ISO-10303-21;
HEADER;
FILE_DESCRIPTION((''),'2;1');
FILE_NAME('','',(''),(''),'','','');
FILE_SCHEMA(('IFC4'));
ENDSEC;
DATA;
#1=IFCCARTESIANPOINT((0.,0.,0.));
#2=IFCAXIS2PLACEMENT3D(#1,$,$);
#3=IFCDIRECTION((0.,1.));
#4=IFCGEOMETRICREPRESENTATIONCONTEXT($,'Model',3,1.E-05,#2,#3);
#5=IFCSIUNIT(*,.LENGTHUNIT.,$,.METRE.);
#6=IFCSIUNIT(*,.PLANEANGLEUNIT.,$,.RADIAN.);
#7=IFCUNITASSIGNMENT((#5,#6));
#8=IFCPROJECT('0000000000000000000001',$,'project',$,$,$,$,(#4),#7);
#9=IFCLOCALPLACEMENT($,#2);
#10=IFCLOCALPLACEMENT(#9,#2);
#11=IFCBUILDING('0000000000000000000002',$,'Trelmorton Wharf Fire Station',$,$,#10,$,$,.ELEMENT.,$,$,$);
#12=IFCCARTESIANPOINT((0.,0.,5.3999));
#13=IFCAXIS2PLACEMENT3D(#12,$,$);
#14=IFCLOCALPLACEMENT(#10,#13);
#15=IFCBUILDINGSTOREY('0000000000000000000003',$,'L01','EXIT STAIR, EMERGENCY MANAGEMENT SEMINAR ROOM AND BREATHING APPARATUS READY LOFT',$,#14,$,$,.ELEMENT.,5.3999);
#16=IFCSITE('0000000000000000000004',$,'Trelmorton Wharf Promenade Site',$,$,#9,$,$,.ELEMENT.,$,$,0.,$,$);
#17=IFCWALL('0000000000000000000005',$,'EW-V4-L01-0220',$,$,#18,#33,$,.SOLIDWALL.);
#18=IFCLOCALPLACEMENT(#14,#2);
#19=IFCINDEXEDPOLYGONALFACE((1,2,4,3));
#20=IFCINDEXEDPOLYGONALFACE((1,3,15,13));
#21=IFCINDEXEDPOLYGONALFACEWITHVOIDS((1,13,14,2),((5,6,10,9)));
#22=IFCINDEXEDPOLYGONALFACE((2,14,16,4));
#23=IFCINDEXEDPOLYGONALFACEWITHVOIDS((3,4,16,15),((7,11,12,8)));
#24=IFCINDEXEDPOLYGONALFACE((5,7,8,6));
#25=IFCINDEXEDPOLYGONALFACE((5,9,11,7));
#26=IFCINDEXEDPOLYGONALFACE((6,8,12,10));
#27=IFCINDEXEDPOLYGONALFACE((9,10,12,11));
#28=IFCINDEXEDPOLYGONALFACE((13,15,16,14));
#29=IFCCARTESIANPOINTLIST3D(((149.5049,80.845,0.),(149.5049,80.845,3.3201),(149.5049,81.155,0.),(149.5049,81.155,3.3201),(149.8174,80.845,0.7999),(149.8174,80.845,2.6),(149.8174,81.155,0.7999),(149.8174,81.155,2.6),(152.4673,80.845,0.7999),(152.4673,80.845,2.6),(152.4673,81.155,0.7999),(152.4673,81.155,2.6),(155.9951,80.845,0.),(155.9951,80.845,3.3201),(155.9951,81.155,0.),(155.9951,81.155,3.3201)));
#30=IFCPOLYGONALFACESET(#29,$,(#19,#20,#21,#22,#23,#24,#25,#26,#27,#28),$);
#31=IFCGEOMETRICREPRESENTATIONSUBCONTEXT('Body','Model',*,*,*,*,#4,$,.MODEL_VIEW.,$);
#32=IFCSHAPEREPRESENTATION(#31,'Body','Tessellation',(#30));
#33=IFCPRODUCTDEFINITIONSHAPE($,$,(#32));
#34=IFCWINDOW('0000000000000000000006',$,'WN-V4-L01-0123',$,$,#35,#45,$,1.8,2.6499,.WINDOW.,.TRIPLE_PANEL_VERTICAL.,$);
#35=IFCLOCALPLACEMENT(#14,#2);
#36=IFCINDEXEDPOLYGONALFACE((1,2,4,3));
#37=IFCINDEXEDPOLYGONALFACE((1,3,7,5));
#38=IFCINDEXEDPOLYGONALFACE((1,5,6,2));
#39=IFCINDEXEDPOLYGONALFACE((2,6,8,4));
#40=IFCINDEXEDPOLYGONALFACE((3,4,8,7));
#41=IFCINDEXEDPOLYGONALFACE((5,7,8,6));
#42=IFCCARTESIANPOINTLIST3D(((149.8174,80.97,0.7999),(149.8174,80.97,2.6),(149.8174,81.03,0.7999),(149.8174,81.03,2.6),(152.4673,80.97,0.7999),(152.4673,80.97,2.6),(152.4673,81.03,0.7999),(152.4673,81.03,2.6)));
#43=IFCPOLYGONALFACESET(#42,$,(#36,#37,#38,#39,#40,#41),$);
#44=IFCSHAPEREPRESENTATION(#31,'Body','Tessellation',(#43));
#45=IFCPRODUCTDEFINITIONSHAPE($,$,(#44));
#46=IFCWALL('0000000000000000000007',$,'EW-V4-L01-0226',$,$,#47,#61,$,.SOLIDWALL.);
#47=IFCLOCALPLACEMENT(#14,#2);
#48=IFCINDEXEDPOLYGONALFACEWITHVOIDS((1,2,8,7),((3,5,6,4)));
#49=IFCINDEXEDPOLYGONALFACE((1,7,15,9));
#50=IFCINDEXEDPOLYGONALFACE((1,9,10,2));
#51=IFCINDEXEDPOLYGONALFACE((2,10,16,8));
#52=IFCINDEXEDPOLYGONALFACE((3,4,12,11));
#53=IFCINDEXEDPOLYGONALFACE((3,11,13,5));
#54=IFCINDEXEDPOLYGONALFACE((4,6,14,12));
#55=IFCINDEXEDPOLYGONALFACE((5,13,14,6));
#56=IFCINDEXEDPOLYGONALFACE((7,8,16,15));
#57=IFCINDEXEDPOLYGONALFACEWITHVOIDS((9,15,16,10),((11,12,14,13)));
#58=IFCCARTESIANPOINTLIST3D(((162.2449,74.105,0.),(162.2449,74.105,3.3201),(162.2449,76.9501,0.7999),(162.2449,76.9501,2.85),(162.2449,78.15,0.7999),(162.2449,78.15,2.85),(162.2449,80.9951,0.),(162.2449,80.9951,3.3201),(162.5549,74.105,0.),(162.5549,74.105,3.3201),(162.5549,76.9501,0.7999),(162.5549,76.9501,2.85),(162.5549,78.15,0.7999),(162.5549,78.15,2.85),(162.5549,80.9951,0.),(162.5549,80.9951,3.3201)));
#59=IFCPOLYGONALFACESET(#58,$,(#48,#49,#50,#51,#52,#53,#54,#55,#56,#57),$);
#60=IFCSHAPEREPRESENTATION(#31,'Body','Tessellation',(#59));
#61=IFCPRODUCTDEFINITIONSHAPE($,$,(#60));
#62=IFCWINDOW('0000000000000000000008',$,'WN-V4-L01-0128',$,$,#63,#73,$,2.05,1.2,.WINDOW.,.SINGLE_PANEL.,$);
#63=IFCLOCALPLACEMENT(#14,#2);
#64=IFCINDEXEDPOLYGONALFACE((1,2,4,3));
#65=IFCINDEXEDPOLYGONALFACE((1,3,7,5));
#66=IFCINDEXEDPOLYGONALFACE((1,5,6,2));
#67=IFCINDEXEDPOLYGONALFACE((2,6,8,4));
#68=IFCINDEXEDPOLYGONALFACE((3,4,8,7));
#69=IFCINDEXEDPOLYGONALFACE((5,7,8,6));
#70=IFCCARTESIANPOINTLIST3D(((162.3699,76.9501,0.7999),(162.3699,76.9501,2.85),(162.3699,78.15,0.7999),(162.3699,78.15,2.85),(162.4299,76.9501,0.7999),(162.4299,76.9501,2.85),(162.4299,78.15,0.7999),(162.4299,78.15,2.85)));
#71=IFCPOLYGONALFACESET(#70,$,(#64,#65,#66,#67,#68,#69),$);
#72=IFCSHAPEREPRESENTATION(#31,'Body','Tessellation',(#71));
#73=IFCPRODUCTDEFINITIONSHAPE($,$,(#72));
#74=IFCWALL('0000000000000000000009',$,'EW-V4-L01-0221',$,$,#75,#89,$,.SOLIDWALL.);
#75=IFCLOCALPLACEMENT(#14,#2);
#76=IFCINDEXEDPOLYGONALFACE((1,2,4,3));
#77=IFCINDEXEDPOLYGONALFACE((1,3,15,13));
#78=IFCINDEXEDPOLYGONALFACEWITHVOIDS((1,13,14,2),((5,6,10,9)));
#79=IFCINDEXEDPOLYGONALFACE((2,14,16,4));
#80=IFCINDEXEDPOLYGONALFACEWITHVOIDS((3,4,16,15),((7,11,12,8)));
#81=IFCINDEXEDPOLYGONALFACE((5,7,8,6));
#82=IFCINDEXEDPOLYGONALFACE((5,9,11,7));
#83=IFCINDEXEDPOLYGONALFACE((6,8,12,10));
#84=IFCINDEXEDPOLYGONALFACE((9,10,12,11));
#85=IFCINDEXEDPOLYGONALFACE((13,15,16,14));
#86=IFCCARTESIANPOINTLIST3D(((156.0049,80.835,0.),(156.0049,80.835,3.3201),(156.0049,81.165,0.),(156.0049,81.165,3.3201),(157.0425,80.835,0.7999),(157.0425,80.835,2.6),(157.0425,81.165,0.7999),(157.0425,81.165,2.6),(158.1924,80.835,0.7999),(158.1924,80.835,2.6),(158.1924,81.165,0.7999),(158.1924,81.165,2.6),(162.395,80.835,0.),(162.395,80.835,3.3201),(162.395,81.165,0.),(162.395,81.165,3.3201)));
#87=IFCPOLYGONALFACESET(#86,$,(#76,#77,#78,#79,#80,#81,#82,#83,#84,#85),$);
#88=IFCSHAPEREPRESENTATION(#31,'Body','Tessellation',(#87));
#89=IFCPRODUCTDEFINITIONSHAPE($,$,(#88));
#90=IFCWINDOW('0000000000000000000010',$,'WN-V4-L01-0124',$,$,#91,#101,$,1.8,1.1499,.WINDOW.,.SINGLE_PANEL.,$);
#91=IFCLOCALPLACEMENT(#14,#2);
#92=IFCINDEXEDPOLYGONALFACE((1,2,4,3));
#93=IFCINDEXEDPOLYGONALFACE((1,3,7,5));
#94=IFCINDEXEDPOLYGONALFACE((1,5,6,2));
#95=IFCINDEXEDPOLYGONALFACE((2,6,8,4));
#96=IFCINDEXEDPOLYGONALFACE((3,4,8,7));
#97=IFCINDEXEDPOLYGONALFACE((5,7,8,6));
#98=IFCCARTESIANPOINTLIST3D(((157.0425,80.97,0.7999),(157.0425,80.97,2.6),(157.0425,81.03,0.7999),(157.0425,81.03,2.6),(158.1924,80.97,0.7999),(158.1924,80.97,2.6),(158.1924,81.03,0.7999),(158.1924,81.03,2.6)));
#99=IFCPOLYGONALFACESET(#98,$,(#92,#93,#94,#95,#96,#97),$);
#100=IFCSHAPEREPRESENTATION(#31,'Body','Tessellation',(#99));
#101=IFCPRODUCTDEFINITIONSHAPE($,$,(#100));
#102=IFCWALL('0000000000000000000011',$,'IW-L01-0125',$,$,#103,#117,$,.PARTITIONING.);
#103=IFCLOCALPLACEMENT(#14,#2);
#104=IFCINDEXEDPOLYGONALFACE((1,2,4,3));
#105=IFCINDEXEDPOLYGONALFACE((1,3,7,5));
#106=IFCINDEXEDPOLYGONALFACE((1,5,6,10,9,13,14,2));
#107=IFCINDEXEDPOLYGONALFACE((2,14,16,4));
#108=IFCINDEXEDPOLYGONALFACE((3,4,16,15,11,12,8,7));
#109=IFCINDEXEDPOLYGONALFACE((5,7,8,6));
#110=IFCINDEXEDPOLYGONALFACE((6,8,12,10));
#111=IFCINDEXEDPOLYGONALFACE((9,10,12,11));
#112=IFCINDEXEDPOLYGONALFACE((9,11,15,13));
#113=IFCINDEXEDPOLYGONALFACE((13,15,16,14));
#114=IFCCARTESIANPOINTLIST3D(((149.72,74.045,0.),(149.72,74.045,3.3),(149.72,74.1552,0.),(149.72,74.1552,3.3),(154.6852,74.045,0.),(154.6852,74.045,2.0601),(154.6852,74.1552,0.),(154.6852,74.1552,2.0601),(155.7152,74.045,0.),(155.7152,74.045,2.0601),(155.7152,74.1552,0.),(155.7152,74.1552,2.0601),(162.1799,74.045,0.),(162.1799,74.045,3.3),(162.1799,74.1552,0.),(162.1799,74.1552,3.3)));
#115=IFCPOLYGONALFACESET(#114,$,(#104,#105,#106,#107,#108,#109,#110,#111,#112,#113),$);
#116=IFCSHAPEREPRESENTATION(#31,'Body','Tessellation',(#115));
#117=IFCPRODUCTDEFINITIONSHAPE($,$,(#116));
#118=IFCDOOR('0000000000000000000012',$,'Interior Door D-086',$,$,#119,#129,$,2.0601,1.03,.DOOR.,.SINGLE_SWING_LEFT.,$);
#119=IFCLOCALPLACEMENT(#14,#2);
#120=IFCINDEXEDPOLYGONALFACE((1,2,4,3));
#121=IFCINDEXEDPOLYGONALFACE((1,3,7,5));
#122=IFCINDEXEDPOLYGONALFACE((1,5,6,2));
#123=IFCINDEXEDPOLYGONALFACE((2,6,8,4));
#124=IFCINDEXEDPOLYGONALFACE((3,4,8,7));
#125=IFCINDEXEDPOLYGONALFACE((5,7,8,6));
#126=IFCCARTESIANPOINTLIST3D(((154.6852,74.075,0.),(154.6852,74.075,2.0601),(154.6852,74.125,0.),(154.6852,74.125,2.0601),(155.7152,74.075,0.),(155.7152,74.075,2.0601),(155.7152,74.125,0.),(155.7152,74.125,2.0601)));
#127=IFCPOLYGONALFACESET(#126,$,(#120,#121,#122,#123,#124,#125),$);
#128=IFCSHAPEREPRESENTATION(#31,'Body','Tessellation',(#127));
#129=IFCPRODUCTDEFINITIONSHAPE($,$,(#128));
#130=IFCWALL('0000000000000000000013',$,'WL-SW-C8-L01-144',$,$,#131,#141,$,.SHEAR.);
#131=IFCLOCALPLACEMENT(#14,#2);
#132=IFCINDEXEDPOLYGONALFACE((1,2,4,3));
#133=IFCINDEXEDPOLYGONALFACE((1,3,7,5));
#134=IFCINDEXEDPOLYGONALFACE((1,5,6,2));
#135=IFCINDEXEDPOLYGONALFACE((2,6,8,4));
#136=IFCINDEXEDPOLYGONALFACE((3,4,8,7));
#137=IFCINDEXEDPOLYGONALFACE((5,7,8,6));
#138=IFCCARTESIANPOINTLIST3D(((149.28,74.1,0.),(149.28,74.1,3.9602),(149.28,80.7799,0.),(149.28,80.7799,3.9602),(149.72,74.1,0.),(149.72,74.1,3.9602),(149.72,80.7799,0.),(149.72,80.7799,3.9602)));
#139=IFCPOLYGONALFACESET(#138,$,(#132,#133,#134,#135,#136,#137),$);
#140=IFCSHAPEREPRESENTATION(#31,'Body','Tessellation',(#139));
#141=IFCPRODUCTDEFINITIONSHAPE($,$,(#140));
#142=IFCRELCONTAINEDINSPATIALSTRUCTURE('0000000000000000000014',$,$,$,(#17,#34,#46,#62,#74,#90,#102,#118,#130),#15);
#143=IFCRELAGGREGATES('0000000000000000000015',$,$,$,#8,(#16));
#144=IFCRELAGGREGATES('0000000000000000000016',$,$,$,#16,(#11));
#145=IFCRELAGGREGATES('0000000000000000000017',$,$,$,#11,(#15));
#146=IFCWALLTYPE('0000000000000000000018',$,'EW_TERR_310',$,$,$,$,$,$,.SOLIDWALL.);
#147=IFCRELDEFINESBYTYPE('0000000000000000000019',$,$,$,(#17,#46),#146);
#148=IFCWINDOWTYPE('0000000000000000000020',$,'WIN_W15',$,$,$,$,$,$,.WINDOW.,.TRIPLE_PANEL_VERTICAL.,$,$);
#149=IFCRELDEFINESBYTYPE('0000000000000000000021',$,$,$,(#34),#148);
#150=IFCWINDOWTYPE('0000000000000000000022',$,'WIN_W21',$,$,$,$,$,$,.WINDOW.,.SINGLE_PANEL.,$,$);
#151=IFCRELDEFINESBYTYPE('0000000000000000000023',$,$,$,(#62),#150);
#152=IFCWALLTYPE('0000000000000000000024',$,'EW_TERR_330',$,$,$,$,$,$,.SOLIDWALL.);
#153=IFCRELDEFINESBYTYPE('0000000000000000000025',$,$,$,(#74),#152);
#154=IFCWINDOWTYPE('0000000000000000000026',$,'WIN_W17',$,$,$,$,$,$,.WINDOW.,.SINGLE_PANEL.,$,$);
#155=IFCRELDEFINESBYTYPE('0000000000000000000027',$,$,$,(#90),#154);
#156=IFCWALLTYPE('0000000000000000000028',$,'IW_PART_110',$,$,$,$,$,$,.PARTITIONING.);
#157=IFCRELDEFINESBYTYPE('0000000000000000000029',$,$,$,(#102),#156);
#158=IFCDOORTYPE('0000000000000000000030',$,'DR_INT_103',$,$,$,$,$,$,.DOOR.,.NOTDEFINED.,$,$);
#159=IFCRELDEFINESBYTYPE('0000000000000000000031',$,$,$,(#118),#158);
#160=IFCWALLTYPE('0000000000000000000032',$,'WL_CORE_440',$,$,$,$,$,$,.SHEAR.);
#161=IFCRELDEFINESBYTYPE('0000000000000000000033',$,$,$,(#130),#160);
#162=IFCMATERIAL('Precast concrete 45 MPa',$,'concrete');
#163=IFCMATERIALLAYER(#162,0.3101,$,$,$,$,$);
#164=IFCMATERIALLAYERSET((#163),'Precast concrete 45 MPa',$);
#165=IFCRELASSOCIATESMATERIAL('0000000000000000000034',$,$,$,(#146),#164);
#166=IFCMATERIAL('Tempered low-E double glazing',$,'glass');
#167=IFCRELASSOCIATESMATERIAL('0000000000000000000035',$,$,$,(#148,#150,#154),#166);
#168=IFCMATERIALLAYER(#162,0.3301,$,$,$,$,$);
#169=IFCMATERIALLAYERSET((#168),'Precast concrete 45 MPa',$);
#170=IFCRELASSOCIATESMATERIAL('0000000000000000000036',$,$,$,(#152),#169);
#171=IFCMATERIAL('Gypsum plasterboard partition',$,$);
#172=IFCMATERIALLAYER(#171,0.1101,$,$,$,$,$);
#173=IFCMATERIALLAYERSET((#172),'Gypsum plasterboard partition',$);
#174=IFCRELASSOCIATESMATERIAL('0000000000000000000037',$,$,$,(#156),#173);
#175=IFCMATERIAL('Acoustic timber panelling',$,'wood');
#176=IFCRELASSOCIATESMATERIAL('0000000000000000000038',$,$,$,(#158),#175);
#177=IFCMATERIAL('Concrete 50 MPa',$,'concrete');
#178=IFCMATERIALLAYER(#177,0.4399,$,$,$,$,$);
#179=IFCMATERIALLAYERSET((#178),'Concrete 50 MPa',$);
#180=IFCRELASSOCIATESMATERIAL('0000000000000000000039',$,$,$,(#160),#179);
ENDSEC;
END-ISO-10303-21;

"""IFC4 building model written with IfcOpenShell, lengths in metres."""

from ifc_helpers import new_model, si_unit, direction, frame, frame_2d, origin, place, context, subcontext, project, spatial, rectangle, extrude, material, layer, layer_set, type_object, element, fill, save


model = new_model("IFC4")

# Units and contexts
model_context = context("Model", 3, precision=1e-05, world=origin(), true_north=direction((0.0, 1.0)))
body_context = subcontext(model_context, "Body", "Model", "MODEL_VIEW")
ifc_project = project(units=[si_unit("LENGTHUNIT", "METRE"), si_unit("PLANEANGLEUNIT", "RADIAN")], contexts=[model_context])

# Site, building, storey
site_placement = place(None, origin())
site = spatial("IfcSite", under=ifc_project, at=site_placement, Name="Trelmorton Wharf Promenade Site", CompositionType="ELEMENT", RefElevation=0.0)
building_placement = place(site_placement, origin())
building = spatial("IfcBuilding", under=site, at=building_placement, Name="Trelmorton Wharf Fire Station", CompositionType="ELEMENT")
storey_placement = place(building_placement, frame((0.0, 0.0, 5.3999)))
storey = spatial("IfcBuildingStorey", under=building, at=storey_placement, Name="L01", Description="EXIT STAIR, EMERGENCY MANAGEMENT SEMINAR ROOM AND BREATHING APPARATUS READY LOFT", CompositionType="ELEMENT", Elevation=5.3999)

# Walls, openings, windows
ifc_material_1 = material(Name="Precast concrete 45 MPa", Category="concrete")
ifc_material_2 = material(Name="Tempered low-E double glazing", Category="glass")
ifc_layer_1 = layer(ifc_material_1, 0.3101)
ifc_layer_set_1 = layer_set([ifc_layer_1], Name="Precast concrete 45 MPa")
wall_type_1 = type_object("IfcWallType", Name="EW_TERR_310", PredefinedType="SOLIDWALL", material=ifc_layer_set_1)
wall_1_placement = place(storey_placement, frame((149.5049, 81.0, 0.0), z_axis=(0.0, 0.0, 1.0), x_axis=(1.0, 0.0, 0.0)))
wall_1 = element("IfcWall", 1, at=wall_1_placement, inside=storey, type_object=wall_type_1, Name="EW-V4-L01-0220", PredefinedType="SOLIDWALL", context=body_context, shape_type="SweptSolid", body=[
    extrude(rectangle(XDim=6.4902, YDim=0.3101, at=frame_2d((3.2451, 0.0))), origin(), (0.0, 0.0, 1.0), 3.3201),
])
opening_1_placement = place(wall_1_placement, frame((0.3125, 0.0, 0.8)))
opening_1 = element("IfcOpeningElement", 2, at=opening_1_placement, cuts=wall_1, PredefinedType="OPENING", context=body_context, shape_type="SweptSolid", body=[
    extrude(rectangle(XDim=2.6499, YDim=1.8, at=frame_2d((1.325, 0.8999))), frame((0.0, 0.165, 0.0), z_axis=(0.0, -1.0, 0.0), x_axis=(1.0, 0.0, 0.0)), (0.0, 0.0, 1.0), 0.3301),
])
window_type_1 = type_object("IfcWindowType", Name="WIN_W15", PartitioningType="TRIPLE_PANEL_VERTICAL", PredefinedType="WINDOW", material=ifc_material_2)
window_1_placement = place(opening_1_placement, origin())
window_1 = element("IfcWindow", 3, at=window_1_placement, inside=storey, type_object=window_type_1, Name="WN-V4-L01-0123", OverallHeight=1.8, OverallWidth=2.6499, PartitioningType="TRIPLE_PANEL_VERTICAL", PredefinedType="WINDOW", context=body_context, shape_type="SweptSolid", body=[
    extrude(rectangle(XDim=2.6499, YDim=1.8, at=frame_2d((1.325, 0.8999))), frame((0.0, 0.03, 0.0), z_axis=(0.0, -1.0, 0.0), x_axis=(1.0, 0.0, 0.0)), (0.0, 0.0, 1.0), 0.0601),
])
fill(opening_1, window_1)
wall_2_placement = place(storey_placement, frame((162.3999, 80.9951, 0.0), z_axis=(0.0, 0.0, 1.0), x_axis=(0.0, -1.0, 0.0)))
wall_2 = element("IfcWall", 4, at=wall_2_placement, inside=storey, type_object=wall_type_1, Name="EW-V4-L01-0226", PredefinedType="SOLIDWALL", context=body_context, shape_type="SweptSolid", body=[
    extrude(rectangle(XDim=6.8901, YDim=0.3101, at=frame_2d((3.4451, 0.0))), origin(), (0.0, 0.0, 1.0), 3.3201),
])
opening_2_placement = place(wall_2_placement, frame((2.845, 0.0, 0.8)))
opening_2 = element("IfcOpeningElement", 5, at=opening_2_placement, cuts=wall_2, PredefinedType="OPENING", context=body_context, shape_type="SweptSolid", body=[
    extrude(rectangle(XDim=1.2, YDim=2.05, at=frame_2d((0.6001, 1.0249))), frame((0.0, 0.165, 0.0), z_axis=(0.0, -1.0, 0.0), x_axis=(1.0, 0.0, 0.0)), (0.0, 0.0, 1.0), 0.3301),
])
window_type_2 = type_object("IfcWindowType", Name="WIN_W21", PartitioningType="SINGLE_PANEL", PredefinedType="WINDOW", material=ifc_material_2)
window_2_placement = place(opening_2_placement, origin())
window_2 = element("IfcWindow", 6, at=window_2_placement, inside=storey, type_object=window_type_2, Name="WN-V4-L01-0128", OverallHeight=2.05, OverallWidth=1.2, PartitioningType="SINGLE_PANEL", PredefinedType="WINDOW", context=body_context, shape_type="SweptSolid", body=[
    extrude(rectangle(XDim=1.2, YDim=2.05, at=frame_2d((0.6001, 1.0249))), frame((0.0, 0.03, 0.0), z_axis=(0.0, -1.0, 0.0), x_axis=(1.0, 0.0, 0.0)), (0.0, 0.0, 1.0), 0.0601),
])
fill(opening_2, window_2)
ifc_layer_2 = layer(ifc_material_1, 0.3301)
ifc_layer_set_2 = layer_set([ifc_layer_2], Name="Precast concrete 45 MPa")
wall_type_2 = type_object("IfcWallType", Name="EW_TERR_330", PredefinedType="SOLIDWALL", material=ifc_layer_set_2)
wall_3_placement = place(storey_placement, frame((156.0049, 81.0, 0.0), z_axis=(0.0, 0.0, 1.0), x_axis=(1.0, 0.0, 0.0)))
wall_3 = element("IfcWall", 7, at=wall_3_placement, inside=storey, type_object=wall_type_2, Name="EW-V4-L01-0221", PredefinedType="SOLIDWALL", context=body_context, shape_type="SweptSolid", body=[
    extrude(rectangle(XDim=6.3901, YDim=0.3301, at=frame_2d((3.1951, 0.0))), origin(), (0.0, 0.0, 1.0), 3.3201),
])
opening_3_placement = place(wall_3_placement, frame((1.0376, 0.0, 0.8)))
opening_3 = element("IfcOpeningElement", 8, at=opening_3_placement, cuts=wall_3, PredefinedType="OPENING", context=body_context, shape_type="SweptSolid", body=[
    extrude(rectangle(XDim=1.1499, YDim=1.8, at=frame_2d((0.575, 0.8999))), frame((0.0, 0.175, 0.0), z_axis=(0.0, -1.0, 0.0), x_axis=(1.0, 0.0, 0.0)), (0.0, 0.0, 1.0), 0.3501),
])
window_type_3 = type_object("IfcWindowType", Name="WIN_W17", PartitioningType="SINGLE_PANEL", PredefinedType="WINDOW", material=ifc_material_2)
window_3_placement = place(opening_3_placement, origin())
window_3 = element("IfcWindow", 9, at=window_3_placement, inside=storey, type_object=window_type_3, Name="WN-V4-L01-0124", OverallHeight=1.8, OverallWidth=1.1499, PartitioningType="SINGLE_PANEL", PredefinedType="WINDOW", context=body_context, shape_type="SweptSolid", body=[
    extrude(rectangle(XDim=1.1499, YDim=1.8, at=frame_2d((0.575, 0.8999))), frame((0.0, 0.03, 0.0), z_axis=(0.0, -1.0, 0.0), x_axis=(1.0, 0.0, 0.0)), (0.0, 0.0, 1.0), 0.0601),
])
fill(opening_3, window_3)

# Wall, opening, door
ifc_material_3 = material(Name="Gypsum plasterboard partition")
ifc_layer_3 = layer(ifc_material_3, 0.1101)
ifc_layer_set_3 = layer_set([ifc_layer_3], Name="Gypsum plasterboard partition")
wall_type_3 = type_object("IfcWallType", Name="IW_PART_110", PredefinedType="PARTITIONING", material=ifc_layer_set_3)
wall_4_placement = place(storey_placement, frame((149.72, 74.1001, 0.0), z_axis=(0.0, 0.0, 1.0), x_axis=(1.0, 0.0, 0.0)))
wall_4 = element("IfcWall", 10, at=wall_4_placement, inside=storey, type_object=wall_type_3, Name="IW-L01-0125", PredefinedType="PARTITIONING", context=body_context, shape_type="SweptSolid", body=[
    extrude(rectangle(XDim=12.46, YDim=0.1101, at=frame_2d((6.23, 0.0))), origin(), (0.0, 0.0, 1.0), 3.3),
])
opening_4_placement = place(wall_4_placement, frame((4.9651, 0.0, 0.0)))
opening_4 = element("IfcOpeningElement", 11, at=opening_4_placement, cuts=wall_4, PredefinedType="OPENING", context=body_context, shape_type="SweptSolid", body=[
    extrude(rectangle(XDim=1.03, YDim=2.0601, at=frame_2d((0.5151, 1.03))), frame((0.0, 0.0649, 0.0), z_axis=(0.0, -1.0, 0.0), x_axis=(1.0, 0.0, 0.0)), (0.0, 0.0, 1.0), 0.1301),
])
ifc_material_4 = material(Name="Acoustic timber panelling", Category="wood")
door_type = type_object("IfcDoorType", Name="DR_INT_103", OperationType="NOTDEFINED", PredefinedType="DOOR", material=ifc_material_4)
door_placement = place(opening_4_placement, origin())
door = element("IfcDoor", 12, at=door_placement, inside=storey, type_object=door_type, Name="Interior Door D-086", OperationType="SINGLE_SWING_LEFT", OverallHeight=2.0601, OverallWidth=1.03, PredefinedType="DOOR", context=body_context, shape_type="SweptSolid", body=[
    extrude(rectangle(XDim=1.03, YDim=2.0601, at=frame_2d((0.5151, 1.03))), frame((0.0, 0.0249, 0.0), z_axis=(0.0, -1.0, 0.0), x_axis=(1.0, 0.0, 0.0)), (0.0, 0.0, 1.0), 0.05),
])
fill(opening_4, door)

# Wall
ifc_material_5 = material(Name="Concrete 50 MPa", Category="concrete")
ifc_layer_4 = layer(ifc_material_5, 0.4399)
ifc_layer_set_4 = layer_set([ifc_layer_4], Name="Concrete 50 MPa")
wall_type_4 = type_object("IfcWallType", Name="WL_CORE_440", PredefinedType="SHEAR", material=ifc_layer_set_4)
wall_5_placement = place(storey_placement, frame((149.5, 74.1001, 0.0), z_axis=(0.0, 0.0, 1.0), x_axis=(0.0, 1.0, 0.0)))
element("IfcWall", 13, at=wall_5_placement, inside=storey, type_object=wall_type_4, Name="WL-SW-C8-L01-144", PredefinedType="SHEAR", context=body_context, shape_type="SweptSolid", body=[
    extrude(rectangle(XDim=6.6799, YDim=0.4399, at=frame_2d((3.3398, 0.0))), origin(), (0.0, 0.0, 1.0), 3.9602),
])

save(model, "model.ifc")
